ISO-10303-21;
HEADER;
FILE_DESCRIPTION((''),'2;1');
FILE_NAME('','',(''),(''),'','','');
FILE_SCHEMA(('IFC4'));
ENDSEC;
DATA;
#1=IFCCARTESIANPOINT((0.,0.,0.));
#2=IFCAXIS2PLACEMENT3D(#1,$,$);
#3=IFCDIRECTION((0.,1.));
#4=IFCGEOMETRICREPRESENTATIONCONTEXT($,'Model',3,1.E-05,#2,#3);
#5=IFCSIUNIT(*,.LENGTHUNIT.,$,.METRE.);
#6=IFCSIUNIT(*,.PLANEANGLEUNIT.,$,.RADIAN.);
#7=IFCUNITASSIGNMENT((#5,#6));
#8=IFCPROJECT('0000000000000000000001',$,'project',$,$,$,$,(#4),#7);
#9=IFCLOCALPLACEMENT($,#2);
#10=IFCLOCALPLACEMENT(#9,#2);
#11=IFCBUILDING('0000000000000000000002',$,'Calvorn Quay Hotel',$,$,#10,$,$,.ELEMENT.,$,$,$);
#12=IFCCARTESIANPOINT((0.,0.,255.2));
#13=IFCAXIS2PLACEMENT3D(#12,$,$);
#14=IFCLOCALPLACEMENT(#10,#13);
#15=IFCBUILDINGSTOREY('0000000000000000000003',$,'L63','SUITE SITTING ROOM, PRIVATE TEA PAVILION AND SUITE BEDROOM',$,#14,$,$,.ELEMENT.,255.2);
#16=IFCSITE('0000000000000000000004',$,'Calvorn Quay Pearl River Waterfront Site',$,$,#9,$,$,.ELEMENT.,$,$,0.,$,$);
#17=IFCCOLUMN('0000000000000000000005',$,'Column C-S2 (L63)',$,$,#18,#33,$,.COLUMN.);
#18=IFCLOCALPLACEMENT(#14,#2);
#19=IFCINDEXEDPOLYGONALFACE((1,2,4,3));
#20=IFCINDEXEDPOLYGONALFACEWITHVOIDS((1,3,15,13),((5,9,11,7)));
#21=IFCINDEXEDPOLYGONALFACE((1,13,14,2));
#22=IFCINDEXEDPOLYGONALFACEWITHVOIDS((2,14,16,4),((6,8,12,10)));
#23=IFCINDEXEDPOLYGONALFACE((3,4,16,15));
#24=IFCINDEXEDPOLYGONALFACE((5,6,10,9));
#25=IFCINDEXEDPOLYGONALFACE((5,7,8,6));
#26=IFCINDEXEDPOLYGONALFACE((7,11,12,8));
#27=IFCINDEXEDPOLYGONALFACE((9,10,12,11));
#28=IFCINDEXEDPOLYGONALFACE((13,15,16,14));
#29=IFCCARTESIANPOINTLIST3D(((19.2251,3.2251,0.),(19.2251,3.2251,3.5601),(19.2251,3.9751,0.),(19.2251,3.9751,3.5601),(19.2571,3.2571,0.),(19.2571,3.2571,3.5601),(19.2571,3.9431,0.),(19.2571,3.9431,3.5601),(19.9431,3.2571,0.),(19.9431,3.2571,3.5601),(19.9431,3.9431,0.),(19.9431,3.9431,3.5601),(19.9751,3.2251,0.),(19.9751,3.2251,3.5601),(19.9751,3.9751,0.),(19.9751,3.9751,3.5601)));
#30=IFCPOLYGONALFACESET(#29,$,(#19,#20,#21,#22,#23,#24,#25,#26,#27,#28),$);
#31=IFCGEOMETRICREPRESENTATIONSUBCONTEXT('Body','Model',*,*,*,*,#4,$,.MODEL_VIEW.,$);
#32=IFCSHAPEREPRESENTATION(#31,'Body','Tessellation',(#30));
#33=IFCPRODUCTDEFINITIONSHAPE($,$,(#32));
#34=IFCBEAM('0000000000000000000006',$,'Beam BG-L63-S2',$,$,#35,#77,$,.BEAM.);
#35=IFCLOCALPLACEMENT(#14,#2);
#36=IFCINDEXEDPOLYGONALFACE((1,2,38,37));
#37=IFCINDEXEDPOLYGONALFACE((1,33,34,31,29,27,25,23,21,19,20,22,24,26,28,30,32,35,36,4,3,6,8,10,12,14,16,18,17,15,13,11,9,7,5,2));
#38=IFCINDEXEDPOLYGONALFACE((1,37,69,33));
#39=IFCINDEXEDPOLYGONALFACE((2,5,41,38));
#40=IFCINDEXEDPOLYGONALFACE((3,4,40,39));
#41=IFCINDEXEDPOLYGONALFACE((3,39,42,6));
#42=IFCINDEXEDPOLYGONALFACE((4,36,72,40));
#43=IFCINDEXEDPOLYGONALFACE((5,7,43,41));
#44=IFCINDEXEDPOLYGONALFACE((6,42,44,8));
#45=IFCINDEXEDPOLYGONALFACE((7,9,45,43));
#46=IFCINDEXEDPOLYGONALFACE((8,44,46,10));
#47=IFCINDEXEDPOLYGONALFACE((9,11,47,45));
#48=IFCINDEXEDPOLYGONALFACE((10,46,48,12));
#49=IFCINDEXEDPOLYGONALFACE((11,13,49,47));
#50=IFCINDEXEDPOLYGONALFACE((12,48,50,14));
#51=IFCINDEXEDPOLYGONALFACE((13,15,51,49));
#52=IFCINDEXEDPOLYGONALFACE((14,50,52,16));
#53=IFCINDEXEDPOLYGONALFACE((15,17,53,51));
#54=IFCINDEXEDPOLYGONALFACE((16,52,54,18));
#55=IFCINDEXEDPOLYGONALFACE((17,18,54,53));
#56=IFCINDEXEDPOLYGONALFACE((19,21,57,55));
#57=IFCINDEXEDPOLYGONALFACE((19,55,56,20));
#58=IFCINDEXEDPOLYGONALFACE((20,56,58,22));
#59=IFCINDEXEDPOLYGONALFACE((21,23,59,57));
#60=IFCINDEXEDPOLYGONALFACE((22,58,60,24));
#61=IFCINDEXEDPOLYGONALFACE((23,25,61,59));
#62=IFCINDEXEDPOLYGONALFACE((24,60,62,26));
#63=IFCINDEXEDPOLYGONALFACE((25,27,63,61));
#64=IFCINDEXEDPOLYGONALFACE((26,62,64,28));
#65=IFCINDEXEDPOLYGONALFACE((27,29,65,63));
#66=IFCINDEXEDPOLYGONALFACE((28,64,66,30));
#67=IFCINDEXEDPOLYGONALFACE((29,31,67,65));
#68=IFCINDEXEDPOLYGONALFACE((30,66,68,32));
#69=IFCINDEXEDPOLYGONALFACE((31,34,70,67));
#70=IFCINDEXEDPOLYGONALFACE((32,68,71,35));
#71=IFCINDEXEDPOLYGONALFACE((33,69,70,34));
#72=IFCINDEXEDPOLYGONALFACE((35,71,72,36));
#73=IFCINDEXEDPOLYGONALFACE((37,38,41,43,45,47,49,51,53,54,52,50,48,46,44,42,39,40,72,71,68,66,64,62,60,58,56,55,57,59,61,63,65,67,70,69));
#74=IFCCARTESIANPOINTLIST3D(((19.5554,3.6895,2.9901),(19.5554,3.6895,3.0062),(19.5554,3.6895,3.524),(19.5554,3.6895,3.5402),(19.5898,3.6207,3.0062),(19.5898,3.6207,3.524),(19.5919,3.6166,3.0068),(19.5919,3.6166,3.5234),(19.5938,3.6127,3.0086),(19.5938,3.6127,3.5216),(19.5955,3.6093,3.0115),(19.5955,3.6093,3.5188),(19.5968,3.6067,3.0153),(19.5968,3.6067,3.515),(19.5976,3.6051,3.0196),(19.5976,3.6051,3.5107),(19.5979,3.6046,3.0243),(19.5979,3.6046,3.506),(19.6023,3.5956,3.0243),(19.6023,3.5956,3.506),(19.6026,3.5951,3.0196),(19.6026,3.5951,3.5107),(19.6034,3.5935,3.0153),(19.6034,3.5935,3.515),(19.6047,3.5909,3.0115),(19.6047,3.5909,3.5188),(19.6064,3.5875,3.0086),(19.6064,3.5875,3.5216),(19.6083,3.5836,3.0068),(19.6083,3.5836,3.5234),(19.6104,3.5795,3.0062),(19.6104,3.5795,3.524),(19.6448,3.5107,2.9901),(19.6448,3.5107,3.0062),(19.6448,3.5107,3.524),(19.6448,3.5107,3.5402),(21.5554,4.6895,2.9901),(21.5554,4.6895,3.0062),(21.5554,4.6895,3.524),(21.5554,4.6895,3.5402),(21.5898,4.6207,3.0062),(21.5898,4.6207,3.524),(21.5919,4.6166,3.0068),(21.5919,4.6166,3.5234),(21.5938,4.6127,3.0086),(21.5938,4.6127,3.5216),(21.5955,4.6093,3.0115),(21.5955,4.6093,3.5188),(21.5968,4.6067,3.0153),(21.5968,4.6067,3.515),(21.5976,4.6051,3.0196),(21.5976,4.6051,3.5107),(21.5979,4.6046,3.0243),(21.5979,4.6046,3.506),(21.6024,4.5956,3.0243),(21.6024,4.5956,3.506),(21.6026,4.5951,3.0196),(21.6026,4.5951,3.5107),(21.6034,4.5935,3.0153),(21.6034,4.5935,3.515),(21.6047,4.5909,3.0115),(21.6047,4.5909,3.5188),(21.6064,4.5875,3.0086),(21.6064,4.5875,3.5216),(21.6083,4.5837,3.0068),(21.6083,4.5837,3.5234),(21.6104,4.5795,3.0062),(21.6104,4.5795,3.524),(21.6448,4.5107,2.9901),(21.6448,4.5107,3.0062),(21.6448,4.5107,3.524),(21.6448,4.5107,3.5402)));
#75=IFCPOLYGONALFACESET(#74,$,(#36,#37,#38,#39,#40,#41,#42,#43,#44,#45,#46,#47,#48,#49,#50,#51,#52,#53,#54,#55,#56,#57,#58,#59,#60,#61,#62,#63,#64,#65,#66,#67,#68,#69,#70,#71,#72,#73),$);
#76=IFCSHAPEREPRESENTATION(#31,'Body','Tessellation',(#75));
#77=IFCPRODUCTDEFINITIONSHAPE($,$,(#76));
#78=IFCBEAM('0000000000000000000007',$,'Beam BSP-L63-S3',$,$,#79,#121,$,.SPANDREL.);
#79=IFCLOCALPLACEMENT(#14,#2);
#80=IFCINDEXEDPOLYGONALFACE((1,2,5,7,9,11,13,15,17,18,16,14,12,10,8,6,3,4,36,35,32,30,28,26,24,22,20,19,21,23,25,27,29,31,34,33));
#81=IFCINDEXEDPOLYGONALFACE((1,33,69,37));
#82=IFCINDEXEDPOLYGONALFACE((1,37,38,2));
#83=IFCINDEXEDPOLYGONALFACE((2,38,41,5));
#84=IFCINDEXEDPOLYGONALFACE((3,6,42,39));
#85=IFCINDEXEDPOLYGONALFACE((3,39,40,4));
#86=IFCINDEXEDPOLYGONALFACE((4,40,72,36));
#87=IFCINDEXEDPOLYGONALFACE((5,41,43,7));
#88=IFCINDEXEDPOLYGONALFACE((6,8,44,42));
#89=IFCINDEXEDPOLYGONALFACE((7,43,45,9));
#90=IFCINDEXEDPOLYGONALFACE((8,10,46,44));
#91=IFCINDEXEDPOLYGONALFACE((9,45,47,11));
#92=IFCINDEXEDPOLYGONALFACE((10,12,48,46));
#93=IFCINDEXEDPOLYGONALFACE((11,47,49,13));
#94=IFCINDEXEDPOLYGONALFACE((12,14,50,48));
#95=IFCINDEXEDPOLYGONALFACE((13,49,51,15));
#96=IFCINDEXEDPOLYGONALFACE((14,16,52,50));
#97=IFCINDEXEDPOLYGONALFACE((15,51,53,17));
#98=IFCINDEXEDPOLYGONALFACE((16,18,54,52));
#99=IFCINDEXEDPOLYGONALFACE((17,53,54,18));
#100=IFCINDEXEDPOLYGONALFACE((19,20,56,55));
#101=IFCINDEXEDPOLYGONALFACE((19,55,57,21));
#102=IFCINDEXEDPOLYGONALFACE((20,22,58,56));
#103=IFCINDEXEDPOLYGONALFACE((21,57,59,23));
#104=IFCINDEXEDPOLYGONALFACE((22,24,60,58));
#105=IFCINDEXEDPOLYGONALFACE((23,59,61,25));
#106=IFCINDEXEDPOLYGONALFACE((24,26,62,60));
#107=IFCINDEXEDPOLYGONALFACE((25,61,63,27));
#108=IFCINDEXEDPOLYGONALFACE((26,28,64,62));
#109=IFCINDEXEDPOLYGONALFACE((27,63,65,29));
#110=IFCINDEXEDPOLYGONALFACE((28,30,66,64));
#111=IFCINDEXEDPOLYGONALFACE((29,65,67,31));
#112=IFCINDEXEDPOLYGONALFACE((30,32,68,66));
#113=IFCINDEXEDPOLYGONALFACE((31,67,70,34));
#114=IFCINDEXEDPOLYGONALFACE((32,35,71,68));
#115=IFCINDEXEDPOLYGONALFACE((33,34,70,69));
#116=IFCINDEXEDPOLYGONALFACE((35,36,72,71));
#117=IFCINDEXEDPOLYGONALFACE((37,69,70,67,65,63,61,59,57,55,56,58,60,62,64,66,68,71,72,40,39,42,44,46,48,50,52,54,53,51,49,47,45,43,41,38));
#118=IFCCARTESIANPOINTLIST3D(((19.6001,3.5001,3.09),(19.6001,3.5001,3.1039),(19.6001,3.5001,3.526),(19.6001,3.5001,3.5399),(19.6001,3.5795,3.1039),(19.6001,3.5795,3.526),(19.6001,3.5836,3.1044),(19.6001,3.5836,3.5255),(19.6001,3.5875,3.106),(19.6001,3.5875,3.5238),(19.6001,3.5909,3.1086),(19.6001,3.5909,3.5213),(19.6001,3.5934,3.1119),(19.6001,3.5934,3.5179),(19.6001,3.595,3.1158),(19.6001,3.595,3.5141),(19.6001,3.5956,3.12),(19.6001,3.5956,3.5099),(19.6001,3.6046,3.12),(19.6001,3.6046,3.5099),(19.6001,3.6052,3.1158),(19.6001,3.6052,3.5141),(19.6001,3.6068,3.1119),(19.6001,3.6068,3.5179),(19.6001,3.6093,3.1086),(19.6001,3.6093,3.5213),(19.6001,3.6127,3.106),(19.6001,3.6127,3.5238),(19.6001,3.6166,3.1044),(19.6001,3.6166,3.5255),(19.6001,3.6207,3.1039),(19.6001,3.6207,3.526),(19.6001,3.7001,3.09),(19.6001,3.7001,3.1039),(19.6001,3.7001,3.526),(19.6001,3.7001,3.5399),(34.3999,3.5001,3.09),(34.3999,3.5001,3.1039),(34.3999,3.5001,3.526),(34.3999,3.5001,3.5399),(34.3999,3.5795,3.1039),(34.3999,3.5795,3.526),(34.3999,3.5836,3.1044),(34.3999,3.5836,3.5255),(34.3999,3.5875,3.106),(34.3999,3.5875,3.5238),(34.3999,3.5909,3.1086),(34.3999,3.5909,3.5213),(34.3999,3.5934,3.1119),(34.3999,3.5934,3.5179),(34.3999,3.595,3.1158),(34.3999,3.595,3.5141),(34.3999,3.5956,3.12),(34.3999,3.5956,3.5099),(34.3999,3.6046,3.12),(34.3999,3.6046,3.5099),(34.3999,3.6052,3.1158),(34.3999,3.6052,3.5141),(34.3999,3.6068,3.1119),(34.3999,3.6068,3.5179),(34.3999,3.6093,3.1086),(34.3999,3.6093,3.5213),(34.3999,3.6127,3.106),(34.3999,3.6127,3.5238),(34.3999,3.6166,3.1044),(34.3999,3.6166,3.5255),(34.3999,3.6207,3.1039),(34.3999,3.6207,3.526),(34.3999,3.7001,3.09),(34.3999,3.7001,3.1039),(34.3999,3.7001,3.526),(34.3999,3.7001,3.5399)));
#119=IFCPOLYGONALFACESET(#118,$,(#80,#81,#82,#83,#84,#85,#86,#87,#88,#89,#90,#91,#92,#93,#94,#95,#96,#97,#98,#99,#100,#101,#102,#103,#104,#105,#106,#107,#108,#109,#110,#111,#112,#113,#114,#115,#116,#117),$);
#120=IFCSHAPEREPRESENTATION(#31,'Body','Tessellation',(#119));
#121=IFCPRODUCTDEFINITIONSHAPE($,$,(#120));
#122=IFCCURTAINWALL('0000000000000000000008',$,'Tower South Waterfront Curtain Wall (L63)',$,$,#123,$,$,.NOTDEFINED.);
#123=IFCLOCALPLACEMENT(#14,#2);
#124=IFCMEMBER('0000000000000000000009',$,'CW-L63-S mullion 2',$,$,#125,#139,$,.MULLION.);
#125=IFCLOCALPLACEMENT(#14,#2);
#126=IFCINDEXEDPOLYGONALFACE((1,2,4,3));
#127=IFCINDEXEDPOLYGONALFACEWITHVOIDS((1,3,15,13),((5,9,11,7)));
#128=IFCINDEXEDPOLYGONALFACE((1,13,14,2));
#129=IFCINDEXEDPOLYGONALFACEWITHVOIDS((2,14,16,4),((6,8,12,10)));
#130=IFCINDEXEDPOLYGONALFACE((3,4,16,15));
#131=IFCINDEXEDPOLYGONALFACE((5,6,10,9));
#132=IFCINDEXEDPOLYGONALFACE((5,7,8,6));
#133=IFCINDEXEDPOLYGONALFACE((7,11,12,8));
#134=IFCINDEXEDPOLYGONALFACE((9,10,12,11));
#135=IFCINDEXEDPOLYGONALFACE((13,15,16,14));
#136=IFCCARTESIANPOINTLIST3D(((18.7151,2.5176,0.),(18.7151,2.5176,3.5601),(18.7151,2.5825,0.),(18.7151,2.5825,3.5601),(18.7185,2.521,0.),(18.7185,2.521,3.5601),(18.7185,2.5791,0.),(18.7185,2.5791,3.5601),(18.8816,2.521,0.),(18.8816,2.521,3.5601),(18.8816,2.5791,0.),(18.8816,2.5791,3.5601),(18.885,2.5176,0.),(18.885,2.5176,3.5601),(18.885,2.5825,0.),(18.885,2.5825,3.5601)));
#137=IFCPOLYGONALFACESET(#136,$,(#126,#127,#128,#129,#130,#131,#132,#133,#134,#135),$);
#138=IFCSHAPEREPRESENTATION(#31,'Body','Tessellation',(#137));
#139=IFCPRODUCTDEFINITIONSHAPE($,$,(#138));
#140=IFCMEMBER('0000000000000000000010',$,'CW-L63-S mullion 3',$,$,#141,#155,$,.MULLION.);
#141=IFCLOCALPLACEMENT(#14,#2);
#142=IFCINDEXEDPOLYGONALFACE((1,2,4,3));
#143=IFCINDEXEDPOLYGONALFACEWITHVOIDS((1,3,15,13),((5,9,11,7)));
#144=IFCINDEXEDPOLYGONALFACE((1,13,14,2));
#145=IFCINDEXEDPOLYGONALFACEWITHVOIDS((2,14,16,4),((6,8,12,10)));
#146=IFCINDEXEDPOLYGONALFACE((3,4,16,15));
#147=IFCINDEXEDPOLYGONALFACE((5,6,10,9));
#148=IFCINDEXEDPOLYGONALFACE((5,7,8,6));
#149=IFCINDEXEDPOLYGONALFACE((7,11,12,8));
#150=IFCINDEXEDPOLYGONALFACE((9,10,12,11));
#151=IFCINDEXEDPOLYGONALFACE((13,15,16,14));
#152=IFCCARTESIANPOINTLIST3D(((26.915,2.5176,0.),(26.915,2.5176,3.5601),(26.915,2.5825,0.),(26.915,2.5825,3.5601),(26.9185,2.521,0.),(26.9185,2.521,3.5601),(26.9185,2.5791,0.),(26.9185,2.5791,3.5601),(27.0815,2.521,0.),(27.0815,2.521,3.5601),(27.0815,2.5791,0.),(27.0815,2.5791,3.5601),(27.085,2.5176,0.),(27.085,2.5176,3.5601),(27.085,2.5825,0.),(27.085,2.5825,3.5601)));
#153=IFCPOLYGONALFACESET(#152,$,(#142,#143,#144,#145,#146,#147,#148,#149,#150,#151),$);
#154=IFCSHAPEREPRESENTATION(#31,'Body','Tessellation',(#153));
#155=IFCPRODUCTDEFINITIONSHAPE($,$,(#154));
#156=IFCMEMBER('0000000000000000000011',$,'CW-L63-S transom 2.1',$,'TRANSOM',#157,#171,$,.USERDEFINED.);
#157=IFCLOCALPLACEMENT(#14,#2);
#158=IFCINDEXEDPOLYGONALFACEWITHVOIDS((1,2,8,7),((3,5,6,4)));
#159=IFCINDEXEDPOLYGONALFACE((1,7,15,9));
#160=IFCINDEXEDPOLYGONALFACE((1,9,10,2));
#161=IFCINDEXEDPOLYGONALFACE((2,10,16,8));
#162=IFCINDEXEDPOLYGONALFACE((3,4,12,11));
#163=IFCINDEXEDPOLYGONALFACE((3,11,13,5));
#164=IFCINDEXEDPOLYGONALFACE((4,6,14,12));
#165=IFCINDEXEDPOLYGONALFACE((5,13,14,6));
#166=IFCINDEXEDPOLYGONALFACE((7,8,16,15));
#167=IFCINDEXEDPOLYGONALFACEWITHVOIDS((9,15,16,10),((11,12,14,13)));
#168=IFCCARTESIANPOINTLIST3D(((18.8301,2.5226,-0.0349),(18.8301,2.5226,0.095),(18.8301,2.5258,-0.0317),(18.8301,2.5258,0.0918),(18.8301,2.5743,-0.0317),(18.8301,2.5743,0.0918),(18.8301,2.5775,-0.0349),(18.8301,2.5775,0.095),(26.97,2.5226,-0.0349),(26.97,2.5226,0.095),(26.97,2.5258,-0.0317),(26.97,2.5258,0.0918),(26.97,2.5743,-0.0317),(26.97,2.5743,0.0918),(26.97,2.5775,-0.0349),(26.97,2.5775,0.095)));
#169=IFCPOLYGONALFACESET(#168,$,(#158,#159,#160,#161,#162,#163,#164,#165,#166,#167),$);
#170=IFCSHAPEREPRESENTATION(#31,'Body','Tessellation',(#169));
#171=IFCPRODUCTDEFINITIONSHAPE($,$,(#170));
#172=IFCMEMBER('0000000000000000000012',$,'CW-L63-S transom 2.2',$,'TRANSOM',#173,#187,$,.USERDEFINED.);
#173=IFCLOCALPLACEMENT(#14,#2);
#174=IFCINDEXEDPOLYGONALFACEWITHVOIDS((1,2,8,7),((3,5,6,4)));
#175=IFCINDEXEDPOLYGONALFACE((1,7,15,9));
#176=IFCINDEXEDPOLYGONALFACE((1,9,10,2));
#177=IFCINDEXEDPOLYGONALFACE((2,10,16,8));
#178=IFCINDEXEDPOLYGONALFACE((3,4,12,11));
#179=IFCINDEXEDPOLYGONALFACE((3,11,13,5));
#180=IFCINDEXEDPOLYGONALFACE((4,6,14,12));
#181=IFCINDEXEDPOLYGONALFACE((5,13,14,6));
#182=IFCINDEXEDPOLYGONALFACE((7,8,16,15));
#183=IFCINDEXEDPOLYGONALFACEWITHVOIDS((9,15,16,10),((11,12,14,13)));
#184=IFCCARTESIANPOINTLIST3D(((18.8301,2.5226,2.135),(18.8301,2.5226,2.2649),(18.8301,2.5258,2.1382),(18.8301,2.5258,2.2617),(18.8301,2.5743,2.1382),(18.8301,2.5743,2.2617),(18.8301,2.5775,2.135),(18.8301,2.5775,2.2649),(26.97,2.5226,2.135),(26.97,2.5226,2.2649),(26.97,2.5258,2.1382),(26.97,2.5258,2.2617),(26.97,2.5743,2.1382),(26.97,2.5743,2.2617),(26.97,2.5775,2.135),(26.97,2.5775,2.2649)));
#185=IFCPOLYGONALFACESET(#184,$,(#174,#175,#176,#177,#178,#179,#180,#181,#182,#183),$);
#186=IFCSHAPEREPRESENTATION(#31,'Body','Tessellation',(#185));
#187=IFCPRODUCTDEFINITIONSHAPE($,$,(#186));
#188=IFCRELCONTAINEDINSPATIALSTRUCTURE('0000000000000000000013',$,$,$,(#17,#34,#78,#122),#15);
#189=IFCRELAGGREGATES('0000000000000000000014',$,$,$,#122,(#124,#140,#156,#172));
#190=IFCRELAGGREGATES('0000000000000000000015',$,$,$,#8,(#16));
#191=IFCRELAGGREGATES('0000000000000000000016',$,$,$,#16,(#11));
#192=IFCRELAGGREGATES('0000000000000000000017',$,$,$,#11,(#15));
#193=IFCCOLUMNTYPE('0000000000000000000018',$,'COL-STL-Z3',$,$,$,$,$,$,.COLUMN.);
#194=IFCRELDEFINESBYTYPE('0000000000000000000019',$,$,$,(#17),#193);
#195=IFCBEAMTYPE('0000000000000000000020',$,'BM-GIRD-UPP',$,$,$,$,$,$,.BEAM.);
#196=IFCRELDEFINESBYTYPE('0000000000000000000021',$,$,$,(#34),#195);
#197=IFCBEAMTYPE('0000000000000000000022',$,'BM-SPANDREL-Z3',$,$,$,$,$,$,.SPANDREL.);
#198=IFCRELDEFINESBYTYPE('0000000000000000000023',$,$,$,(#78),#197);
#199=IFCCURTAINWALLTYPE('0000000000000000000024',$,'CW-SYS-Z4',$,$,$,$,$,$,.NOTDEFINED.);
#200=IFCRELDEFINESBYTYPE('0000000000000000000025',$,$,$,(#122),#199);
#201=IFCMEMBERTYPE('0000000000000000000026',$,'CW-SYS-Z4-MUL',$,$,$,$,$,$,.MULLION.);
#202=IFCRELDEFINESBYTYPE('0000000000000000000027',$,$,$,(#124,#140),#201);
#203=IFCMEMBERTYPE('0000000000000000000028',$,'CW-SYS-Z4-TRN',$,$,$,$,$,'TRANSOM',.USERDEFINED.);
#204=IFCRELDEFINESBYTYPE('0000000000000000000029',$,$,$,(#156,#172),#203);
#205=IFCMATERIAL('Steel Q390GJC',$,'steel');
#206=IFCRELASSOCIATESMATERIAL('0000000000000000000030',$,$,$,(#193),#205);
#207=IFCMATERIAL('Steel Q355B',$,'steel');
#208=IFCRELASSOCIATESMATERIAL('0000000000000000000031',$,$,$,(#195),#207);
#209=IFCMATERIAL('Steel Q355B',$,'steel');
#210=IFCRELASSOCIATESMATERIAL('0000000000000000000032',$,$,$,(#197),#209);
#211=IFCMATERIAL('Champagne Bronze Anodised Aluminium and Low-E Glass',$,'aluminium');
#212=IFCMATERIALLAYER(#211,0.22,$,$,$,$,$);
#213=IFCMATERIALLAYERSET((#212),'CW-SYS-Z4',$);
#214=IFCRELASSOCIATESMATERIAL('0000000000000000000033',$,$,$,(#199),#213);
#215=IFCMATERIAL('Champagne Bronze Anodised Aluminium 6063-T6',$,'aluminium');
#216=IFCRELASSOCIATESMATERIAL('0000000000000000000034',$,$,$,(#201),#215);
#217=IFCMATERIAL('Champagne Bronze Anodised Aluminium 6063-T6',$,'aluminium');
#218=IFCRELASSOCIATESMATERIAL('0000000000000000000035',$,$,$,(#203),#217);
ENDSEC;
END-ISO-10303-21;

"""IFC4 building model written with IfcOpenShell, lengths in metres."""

from ifc_helpers import new_model, si_unit, direction, frame, origin, origin_2d, place, context, subcontext, project, spatial, hollow_rectangle, i_section, extrude, material, layer, layer_set, material_profile, profile_set, type_object, element, aggregate, save


model = new_model("IFC4")

# Units and contexts
model_context = context("Model", 3, precision=1e-05, world=origin(), true_north=direction((0.0, 1.0)))
body_context = subcontext(model_context, "Body", "Model", "MODEL_VIEW")
ifc_project = project(units=[si_unit("LENGTHUNIT", "METRE"), si_unit("PLANEANGLEUNIT", "RADIAN")], contexts=[model_context])

# Site, building, storey
site_placement = place(None, origin())
site = spatial("IfcSite", under=ifc_project, at=site_placement, Name="Calvorn Quay Pearl River Waterfront Site", CompositionType="ELEMENT", RefElevation=0.0)
building_placement = place(site_placement, origin())
building = spatial("IfcBuilding", under=site, at=building_placement, Name="Calvorn Quay Hotel", CompositionType="ELEMENT")
storey_placement = place(building_placement, frame((0.0, 0.0, 255.2)))
storey = spatial("IfcBuildingStorey", under=building, at=storey_placement, Name="L63", Description="SUITE SITTING ROOM, PRIVATE TEA PAVILION AND SUITE BEDROOM", CompositionType="ELEMENT", Elevation=255.2)

# Column
ifc_material_1 = material(Name="Steel Q390GJC", Category="steel")
ifc_material_profile_1 = material_profile(ifc_material_1, hollow_rectangle(XDim=0.75, YDim=0.75, WallThickness=0.032, at=origin_2d()), Name="BOX750x750x32")
ifc_profile_set_1 = profile_set([ifc_material_profile_1], Name="Steel Q390GJC")
column_type = type_object("IfcColumnType", Name="COL-STL-Z3", PredefinedType="COLUMN", material=ifc_profile_set_1)
column_placement = place(storey_placement, frame((19.6001, 3.6001, 0.0), z_axis=(0.0, 0.0, 1.0), x_axis=(1.0, 0.0, 0.0)))
element("IfcColumn", 1, at=column_placement, inside=storey, type_object=column_type, Name="Column C-S2 (L63)", PredefinedType="COLUMN", context=body_context, shape_type="SweptSolid", body=[
    extrude(hollow_rectangle(XDim=0.75, YDim=0.75, WallThickness=0.032, at=origin_2d()), origin(), (0.0, 0.0, 1.0), 3.5601),
])

# Beams
ifc_material_2 = material(Name="Steel Q355B", Category="steel")
ifc_material_profile_2 = material_profile(ifc_material_2, i_section(OverallWidth=0.2, OverallDepth=0.55, WebThickness=0.01, FlangeThickness=0.0161, FilletRadius=0.0181, at=origin_2d()), Name="HN550x200x10x16")
ifc_profile_set_2 = profile_set([ifc_material_profile_2], Name="Steel Q355B")
beam_type_1 = type_object("IfcBeamType", Name="BM-GIRD-UPP", PredefinedType="BEAM", material=ifc_profile_set_2)
beam_1_placement = place(storey_placement, frame((19.6001, 3.6001, 3.2651), z_axis=(0.894427, 0.447214, 0.0), x_axis=(-0.447214, 0.894427, 0.0)))
element("IfcBeam", 2, at=beam_1_placement, inside=storey, type_object=beam_type_1, Name="Beam BG-L63-S2", PredefinedType="BEAM", context=body_context, shape_type="SweptSolid", body=[
    extrude(i_section(OverallWidth=0.2, OverallDepth=0.55, WebThickness=0.01, FlangeThickness=0.0161, FilletRadius=0.0181, at=origin_2d()), origin(), (0.0, 0.0, 1.0), 2.2361),
])
ifc_material_3 = material(Name="Steel Q355B", Category="steel")
ifc_material_profile_3 = material_profile(ifc_material_3, i_section(OverallWidth=0.2, OverallDepth=0.45, WebThickness=0.009, FlangeThickness=0.0139, FilletRadius=0.0161, at=origin_2d()), Name="HN450x200x9x14")
ifc_profile_set_3 = profile_set([ifc_material_profile_3], Name="Steel Q355B")
beam_type_2 = type_object("IfcBeamType", Name="BM-SPANDREL-Z3", PredefinedType="SPANDREL", material=ifc_profile_set_3)
beam_2_placement = place(storey_placement, frame((19.6001, 3.6001, 3.3149), z_axis=(1.0, 0.0, 0.0), x_axis=(0.0, 1.0, 0.0)))
element("IfcBeam", 3, at=beam_2_placement, inside=storey, type_object=beam_type_2, Name="Beam BSP-L63-S3", PredefinedType="SPANDREL", context=body_context, shape_type="SweptSolid", body=[
    extrude(i_section(OverallWidth=0.2, OverallDepth=0.45, WebThickness=0.009, FlangeThickness=0.0139, FilletRadius=0.0161, at=origin_2d()), origin(), (0.0, 0.0, 1.0), 14.7998),
])

# Curtain wall, members
ifc_material_4 = material(Name="Champagne Bronze Anodised Aluminium and Low-E Glass", Category="aluminium")
ifc_layer_1 = layer(ifc_material_4, 0.22)
ifc_layer_set_1 = layer_set([ifc_layer_1], Name="CW-SYS-Z4")
curtain_wall_type = type_object("IfcCurtainWallType", Name="CW-SYS-Z4", PredefinedType="NOTDEFINED", material=ifc_layer_set_1)
curtain_wall_placement = place(storey_placement, origin())
curtain_wall = element("IfcCurtainWall", 4, at=curtain_wall_placement, inside=storey, type_object=curtain_wall_type, Name="Tower South Waterfront Curtain Wall (L63)", PredefinedType="NOTDEFINED")
ifc_material_5 = material(Name="Champagne Bronze Anodised Aluminium 6063-T6", Category="aluminium")
ifc_material_profile_4 = material_profile(ifc_material_5, hollow_rectangle(XDim=0.0649, YDim=0.1699, WallThickness=0.0034, at=origin_2d()), Name="ALU-M170x65x3.5")
ifc_profile_set_4 = profile_set([ifc_material_profile_4], Name="Champagne Bronze Anodised Aluminium 6063-T6")
member_type_1 = type_object("IfcMemberType", Name="CW-SYS-Z4-MUL", PredefinedType="MULLION", material=ifc_profile_set_4)
member_1_placement = place(storey_placement, frame((18.8, 2.55, 0.0), z_axis=(0.0, 0.0, 1.0), x_axis=(0.0, 1.0, 0.0)))
member_1 = element("IfcMember", 5, at=member_1_placement, type_object=member_type_1, Name="CW-L63-S mullion 2", PredefinedType="MULLION", context=body_context, shape_type="SweptSolid", body=[
    extrude(hollow_rectangle(XDim=0.0649, YDim=0.1699, WallThickness=0.0034, at=origin_2d()), origin(), (0.0, 0.0, 1.0), 3.5601),
])
member_2_placement = place(storey_placement, frame((27.0, 2.55, 0.0), z_axis=(0.0, 0.0, 1.0), x_axis=(0.0, 1.0, 0.0)))
member_2 = element("IfcMember", 6, at=member_2_placement, type_object=member_type_1, Name="CW-L63-S mullion 3", PredefinedType="MULLION", context=body_context, shape_type="SweptSolid", body=[
    extrude(hollow_rectangle(XDim=0.0649, YDim=0.1699, WallThickness=0.0034, at=origin_2d()), origin(), (0.0, 0.0, 1.0), 3.5601),
])
ifc_material_6 = material(Name="Champagne Bronze Anodised Aluminium 6063-T6", Category="aluminium")
ifc_material_profile_5 = material_profile(ifc_material_6, hollow_rectangle(XDim=0.0549, YDim=0.1299, WallThickness=0.0032, at=origin_2d()), Name="ALU-T130x55x3.2")
ifc_profile_set_5 = profile_set([ifc_material_profile_5], Name="Champagne Bronze Anodised Aluminium 6063-T6")
member_type_2 = type_object("IfcMemberType", Name="CW-SYS-Z4-TRN", ElementType="TRANSOM", PredefinedType="USERDEFINED", material=ifc_profile_set_5)
member_3_placement = place(storey_placement, frame((18.8301, 2.55, 0.03), z_axis=(1.0, 0.0, 0.0), x_axis=(0.0, 1.0, 0.0)))
member_3 = element("IfcMember", 7, at=member_3_placement, type_object=member_type_2, Name="CW-L63-S transom 2.1", ObjectType="TRANSOM", PredefinedType="USERDEFINED", context=body_context, shape_type="SweptSolid", body=[
    extrude(hollow_rectangle(XDim=0.0549, YDim=0.1299, WallThickness=0.0032, at=origin_2d()), origin(), (0.0, 0.0, 1.0), 8.1399),
])
member_4_placement = place(storey_placement, frame((18.8301, 2.55, 2.2), z_axis=(1.0, 0.0, 0.0), x_axis=(0.0, 1.0, 0.0)))
member_4 = element("IfcMember", 8, at=member_4_placement, type_object=member_type_2, Name="CW-L63-S transom 2.2", ObjectType="TRANSOM", PredefinedType="USERDEFINED", context=body_context, shape_type="SweptSolid", body=[
    extrude(hollow_rectangle(XDim=0.0549, YDim=0.1299, WallThickness=0.0032, at=origin_2d()), origin(), (0.0, 0.0, 1.0), 8.1399),
])
aggregate(curtain_wall, [member_1, member_2, member_3, member_4])

save(model, "model.ifc")
